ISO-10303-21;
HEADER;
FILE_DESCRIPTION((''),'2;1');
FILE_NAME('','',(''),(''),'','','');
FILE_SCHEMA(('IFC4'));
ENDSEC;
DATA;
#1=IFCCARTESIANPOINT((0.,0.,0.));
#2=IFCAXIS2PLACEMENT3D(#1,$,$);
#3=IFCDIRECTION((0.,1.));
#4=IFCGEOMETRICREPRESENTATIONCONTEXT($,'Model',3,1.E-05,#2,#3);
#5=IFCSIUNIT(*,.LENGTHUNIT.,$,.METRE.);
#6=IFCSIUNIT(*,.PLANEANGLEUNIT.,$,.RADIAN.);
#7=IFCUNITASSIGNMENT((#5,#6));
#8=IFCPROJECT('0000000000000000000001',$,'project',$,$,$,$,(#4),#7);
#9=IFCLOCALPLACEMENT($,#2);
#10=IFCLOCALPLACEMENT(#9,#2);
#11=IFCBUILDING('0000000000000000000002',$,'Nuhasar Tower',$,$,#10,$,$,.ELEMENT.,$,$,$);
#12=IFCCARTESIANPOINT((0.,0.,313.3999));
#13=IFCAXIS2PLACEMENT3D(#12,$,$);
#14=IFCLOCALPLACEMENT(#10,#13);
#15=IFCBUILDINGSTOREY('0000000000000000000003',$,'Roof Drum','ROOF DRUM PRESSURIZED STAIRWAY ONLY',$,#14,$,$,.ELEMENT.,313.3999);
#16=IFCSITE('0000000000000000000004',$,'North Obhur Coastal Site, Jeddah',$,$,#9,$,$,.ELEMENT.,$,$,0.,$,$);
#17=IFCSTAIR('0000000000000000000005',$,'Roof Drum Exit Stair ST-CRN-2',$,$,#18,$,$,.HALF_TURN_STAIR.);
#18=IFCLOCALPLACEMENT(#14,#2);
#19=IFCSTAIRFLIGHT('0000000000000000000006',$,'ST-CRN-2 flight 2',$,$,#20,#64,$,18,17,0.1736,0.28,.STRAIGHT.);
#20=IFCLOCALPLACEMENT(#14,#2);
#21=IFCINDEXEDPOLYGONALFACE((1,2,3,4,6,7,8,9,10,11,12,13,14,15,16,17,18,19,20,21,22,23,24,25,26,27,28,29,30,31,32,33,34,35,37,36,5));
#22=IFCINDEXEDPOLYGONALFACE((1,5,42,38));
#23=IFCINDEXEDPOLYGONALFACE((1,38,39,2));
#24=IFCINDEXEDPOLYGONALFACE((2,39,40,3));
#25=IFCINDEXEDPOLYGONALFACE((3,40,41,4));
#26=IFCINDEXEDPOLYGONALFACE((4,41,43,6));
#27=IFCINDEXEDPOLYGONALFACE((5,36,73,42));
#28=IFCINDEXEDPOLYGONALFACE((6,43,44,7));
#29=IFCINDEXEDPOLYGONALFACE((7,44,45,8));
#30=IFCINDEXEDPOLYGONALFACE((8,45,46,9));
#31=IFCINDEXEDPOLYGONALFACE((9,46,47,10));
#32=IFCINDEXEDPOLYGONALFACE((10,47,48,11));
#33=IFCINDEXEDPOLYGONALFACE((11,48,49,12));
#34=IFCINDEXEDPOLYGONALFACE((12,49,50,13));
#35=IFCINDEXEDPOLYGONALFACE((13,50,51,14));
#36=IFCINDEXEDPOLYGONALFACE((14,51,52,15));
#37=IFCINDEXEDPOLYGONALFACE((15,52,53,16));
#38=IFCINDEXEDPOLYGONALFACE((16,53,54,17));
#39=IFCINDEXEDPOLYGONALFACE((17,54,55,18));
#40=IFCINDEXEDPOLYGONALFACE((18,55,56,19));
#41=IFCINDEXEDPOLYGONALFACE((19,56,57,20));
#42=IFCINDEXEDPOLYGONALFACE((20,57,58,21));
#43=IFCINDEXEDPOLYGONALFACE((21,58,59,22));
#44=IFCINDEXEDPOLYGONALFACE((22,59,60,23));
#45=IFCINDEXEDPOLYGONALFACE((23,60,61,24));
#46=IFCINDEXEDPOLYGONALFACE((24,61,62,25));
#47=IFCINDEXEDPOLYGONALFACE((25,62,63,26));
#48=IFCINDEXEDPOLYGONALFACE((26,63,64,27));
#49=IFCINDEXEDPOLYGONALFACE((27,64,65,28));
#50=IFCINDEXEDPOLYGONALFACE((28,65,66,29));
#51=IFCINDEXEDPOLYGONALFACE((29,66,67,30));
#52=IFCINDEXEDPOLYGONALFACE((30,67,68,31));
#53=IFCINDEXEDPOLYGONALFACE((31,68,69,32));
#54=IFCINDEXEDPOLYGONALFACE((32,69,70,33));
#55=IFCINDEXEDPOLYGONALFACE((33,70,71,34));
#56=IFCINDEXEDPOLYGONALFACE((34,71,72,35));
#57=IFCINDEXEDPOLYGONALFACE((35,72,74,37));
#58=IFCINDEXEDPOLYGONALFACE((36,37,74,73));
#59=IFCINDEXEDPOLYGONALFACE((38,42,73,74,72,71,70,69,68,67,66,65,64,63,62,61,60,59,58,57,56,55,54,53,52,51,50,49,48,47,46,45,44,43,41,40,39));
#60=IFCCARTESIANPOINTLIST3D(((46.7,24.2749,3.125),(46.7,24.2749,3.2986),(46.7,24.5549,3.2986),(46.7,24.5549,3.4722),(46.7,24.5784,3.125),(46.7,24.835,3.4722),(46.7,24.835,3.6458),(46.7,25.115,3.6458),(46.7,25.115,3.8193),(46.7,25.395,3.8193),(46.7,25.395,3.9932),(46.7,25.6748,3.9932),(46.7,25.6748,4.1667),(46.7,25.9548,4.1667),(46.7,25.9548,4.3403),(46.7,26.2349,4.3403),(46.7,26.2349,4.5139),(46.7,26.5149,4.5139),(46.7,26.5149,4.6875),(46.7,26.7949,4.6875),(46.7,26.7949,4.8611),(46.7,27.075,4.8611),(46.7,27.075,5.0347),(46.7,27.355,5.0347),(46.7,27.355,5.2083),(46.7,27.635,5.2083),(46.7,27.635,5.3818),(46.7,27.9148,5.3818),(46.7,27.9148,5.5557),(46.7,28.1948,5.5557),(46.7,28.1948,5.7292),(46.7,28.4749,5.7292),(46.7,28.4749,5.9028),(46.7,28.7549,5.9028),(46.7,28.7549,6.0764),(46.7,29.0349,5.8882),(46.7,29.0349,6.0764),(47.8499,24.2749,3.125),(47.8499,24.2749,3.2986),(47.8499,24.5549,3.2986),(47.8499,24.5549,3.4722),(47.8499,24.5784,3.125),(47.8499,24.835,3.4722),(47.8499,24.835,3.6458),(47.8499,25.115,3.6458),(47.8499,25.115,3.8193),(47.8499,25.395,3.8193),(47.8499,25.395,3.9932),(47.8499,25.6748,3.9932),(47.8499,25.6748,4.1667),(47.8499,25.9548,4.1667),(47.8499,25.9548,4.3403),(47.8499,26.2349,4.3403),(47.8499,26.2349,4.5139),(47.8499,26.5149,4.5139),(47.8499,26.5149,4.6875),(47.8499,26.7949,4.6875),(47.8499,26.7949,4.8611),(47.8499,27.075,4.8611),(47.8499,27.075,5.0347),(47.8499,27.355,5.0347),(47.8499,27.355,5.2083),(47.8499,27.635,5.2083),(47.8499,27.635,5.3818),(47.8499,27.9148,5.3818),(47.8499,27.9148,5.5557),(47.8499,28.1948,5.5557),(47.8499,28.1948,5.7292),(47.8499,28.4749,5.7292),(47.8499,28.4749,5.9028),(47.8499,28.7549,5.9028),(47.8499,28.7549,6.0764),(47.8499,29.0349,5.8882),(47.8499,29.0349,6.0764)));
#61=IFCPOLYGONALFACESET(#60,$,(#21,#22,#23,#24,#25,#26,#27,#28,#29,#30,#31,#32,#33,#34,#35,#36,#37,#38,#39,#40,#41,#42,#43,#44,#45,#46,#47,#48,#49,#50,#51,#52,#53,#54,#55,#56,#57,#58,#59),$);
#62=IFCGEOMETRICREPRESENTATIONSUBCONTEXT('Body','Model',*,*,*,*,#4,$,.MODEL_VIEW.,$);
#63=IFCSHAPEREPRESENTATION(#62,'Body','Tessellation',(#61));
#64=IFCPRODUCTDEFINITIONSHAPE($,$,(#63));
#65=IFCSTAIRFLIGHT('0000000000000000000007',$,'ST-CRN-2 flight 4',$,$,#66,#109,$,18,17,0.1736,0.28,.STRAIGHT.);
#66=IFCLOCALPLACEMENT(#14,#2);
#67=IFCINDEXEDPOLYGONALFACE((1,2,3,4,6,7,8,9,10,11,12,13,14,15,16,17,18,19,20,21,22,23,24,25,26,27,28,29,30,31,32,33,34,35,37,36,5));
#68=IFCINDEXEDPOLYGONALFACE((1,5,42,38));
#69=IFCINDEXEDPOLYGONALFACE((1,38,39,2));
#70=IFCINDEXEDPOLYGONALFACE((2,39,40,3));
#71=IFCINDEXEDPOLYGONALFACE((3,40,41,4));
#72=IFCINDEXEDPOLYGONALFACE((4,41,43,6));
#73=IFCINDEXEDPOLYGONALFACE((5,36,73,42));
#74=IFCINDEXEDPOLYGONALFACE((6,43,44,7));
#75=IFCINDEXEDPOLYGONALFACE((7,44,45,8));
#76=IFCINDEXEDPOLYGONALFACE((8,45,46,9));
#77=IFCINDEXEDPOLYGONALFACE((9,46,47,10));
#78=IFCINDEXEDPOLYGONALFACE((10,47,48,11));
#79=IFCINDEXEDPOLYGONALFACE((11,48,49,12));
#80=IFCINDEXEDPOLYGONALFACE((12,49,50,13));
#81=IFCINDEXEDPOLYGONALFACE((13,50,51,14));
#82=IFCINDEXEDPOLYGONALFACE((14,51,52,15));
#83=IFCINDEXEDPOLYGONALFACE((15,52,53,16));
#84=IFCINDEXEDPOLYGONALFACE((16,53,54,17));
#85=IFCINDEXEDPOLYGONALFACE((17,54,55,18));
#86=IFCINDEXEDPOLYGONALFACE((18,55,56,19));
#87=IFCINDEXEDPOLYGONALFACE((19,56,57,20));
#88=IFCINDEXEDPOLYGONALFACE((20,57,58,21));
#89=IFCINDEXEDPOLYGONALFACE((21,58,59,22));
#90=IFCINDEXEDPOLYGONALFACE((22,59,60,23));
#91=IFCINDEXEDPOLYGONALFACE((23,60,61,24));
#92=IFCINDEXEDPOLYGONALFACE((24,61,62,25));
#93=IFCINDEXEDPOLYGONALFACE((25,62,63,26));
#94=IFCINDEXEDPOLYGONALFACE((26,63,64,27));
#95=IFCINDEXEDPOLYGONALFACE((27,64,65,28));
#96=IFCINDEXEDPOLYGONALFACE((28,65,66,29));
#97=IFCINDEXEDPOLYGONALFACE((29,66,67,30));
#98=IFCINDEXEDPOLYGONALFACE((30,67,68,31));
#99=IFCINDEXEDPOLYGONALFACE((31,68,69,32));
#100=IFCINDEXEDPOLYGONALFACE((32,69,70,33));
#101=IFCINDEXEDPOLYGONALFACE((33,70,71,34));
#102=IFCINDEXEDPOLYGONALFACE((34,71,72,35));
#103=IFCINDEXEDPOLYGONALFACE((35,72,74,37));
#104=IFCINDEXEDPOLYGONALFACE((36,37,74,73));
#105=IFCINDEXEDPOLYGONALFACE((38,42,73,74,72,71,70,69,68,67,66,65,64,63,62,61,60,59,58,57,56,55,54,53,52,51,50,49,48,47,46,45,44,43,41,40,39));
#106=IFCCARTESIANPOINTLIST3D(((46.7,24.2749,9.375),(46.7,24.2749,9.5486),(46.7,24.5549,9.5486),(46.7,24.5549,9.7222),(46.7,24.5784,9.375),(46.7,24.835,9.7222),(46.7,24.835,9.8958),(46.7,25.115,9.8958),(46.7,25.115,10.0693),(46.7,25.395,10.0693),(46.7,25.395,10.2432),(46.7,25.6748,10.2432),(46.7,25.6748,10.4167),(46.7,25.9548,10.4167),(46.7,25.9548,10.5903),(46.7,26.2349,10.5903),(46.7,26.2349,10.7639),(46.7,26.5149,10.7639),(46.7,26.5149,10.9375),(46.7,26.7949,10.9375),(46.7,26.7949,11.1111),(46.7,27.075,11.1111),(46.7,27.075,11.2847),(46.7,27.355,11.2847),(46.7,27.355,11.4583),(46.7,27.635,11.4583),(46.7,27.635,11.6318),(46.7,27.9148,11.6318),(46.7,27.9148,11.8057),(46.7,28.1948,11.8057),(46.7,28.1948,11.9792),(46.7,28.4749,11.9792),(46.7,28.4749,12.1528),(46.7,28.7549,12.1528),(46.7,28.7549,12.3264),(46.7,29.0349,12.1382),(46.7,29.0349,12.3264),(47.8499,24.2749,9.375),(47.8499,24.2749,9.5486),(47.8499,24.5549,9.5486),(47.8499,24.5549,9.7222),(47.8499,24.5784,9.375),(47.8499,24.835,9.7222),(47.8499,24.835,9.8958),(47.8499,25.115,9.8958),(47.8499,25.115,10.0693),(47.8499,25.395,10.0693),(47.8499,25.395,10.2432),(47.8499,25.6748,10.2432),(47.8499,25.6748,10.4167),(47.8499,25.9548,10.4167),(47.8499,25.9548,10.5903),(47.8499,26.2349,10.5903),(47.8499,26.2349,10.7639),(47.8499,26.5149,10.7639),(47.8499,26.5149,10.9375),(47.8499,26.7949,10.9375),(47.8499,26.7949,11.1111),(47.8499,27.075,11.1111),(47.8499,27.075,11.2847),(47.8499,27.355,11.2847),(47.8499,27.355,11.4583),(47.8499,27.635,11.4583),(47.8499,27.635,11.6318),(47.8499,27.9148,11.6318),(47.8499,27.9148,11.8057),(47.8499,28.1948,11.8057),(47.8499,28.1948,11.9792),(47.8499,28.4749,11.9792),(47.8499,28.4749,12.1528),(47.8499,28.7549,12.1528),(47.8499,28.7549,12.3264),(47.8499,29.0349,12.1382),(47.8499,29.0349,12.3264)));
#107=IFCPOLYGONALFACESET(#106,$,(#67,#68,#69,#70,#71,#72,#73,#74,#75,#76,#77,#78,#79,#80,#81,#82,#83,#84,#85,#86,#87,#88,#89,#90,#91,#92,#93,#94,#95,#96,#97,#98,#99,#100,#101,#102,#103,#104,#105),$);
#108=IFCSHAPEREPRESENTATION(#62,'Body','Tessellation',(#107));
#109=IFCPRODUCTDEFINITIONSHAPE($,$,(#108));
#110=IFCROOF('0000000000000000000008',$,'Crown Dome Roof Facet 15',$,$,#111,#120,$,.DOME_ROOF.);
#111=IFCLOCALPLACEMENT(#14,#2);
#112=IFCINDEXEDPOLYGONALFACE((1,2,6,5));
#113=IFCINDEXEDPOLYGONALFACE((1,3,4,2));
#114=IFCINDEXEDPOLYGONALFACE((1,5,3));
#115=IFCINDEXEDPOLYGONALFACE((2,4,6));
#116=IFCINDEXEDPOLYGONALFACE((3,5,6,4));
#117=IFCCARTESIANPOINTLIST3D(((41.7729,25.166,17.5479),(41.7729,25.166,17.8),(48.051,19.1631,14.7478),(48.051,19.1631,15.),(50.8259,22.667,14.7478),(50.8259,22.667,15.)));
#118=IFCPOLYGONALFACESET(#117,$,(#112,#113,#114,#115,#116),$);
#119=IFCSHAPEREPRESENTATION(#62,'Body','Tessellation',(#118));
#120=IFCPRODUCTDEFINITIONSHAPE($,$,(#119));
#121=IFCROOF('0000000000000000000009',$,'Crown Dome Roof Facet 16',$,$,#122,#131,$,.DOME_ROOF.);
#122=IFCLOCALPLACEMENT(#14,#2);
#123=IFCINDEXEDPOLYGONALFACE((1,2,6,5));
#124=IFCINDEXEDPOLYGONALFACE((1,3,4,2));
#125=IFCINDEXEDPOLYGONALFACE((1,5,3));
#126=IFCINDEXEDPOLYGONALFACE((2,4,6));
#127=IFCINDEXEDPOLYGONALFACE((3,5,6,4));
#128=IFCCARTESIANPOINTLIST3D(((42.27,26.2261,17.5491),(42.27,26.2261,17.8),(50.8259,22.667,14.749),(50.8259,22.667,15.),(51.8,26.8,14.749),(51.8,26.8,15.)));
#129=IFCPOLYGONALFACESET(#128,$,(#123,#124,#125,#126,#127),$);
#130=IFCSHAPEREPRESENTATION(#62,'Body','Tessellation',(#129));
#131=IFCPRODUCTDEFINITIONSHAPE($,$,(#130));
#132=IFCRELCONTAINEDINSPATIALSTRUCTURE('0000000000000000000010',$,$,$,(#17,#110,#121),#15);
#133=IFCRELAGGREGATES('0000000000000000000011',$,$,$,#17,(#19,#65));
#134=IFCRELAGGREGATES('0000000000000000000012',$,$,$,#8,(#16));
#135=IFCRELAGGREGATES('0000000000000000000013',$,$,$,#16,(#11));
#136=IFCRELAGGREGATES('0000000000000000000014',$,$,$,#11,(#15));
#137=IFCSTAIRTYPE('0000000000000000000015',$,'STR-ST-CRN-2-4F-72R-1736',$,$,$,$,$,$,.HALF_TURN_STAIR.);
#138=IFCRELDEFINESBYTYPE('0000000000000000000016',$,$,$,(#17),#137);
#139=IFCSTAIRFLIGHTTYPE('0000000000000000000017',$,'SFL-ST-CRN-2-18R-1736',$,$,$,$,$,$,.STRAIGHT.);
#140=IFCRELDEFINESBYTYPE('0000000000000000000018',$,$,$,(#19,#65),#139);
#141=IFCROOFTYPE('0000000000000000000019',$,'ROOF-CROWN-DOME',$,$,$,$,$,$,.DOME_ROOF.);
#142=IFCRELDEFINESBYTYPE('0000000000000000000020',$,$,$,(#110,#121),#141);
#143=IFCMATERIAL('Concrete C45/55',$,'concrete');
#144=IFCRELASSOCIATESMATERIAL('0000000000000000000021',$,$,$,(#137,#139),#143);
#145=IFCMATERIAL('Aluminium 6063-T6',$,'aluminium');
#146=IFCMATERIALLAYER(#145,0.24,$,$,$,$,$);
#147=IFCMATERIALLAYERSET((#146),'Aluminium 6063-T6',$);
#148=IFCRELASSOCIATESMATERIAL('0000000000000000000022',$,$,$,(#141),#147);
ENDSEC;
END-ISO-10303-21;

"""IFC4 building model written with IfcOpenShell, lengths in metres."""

from ifc_helpers import new_model, si_unit, direction, frame, origin, place, context, subcontext, project, spatial, polyline, outline, extrude, material, layer, layer_set, type_object, element, aggregate, save


model = new_model("IFC4")

# Units and contexts
model_context = context("Model", 3, precision=1e-05, world=origin(), true_north=direction((0.0, 1.0)))
body_context = subcontext(model_context, "Body", "Model", "MODEL_VIEW")
ifc_project = project(units=[si_unit("LENGTHUNIT", "METRE"), si_unit("PLANEANGLEUNIT", "RADIAN")], contexts=[model_context])

# Site, building, storey
site_placement = place(None, origin())
site = spatial("IfcSite", under=ifc_project, at=site_placement, Name="North Obhur Coastal Site, Jeddah", CompositionType="ELEMENT", RefElevation=0.0)
building_placement = place(site_placement, origin())
building = spatial("IfcBuilding", under=site, at=building_placement, Name="Nuhasar Tower", CompositionType="ELEMENT")
storey_placement = place(building_placement, frame((0.0, 0.0, 313.3999)))
storey = spatial("IfcBuildingStorey", under=building, at=storey_placement, Name="Roof Drum", Description="ROOF DRUM PRESSURIZED STAIRWAY ONLY", CompositionType="ELEMENT", Elevation=313.3999)

# Shared definitions
ifc_material_1 = material(Name="Aluminium 6063-T6", Category="aluminium")

# Shared definitions
ifc_material_2 = material(Name="Concrete C45/55", Category="concrete")

# Stair, stair flights
stair_type = type_object("IfcStairType", Name="STR-ST-CRN-2-4F-72R-1736", PredefinedType="HALF_TURN_STAIR", material=ifc_material_2)
stair_placement = place(storey_placement, origin())
stair = element("IfcStair", 1, at=stair_placement, inside=storey, type_object=stair_type, Name="Roof Drum Exit Stair ST-CRN-2", PredefinedType="HALF_TURN_STAIR")
stair_flight_type = type_object("IfcStairFlightType", Name="SFL-ST-CRN-2-18R-1736", PredefinedType="STRAIGHT", material=ifc_material_2)
stair_flight_1_placement = place(storey_placement, frame((47.2749, 24.2749, 3.125), z_axis=(0.0, 0.0, 1.0), x_axis=(0.0, 1.0, 0.0)))
stair_flight_1 = element("IfcStairFlight", 2, at=stair_flight_1_placement, type_object=stair_flight_type, Name="ST-CRN-2 flight 2", NumberOfRisers=18, NumberOfTreads=17, PredefinedType="STRAIGHT", RiserHeight=0.1736, TreadLength=0.28, context=body_context, shape_type="SweptSolid", body=[
    extrude(outline(polyline([(0.0, 0.0), (0.0, 0.1736), (0.28, 0.1736), (0.28, 0.3472), (0.5601, 0.3472), (0.5601, 0.5208), (0.8401, 0.5208), (0.8401, 0.6943), (1.1201, 0.6943), (1.1201, 0.8682), (1.3999, 0.8682), (1.3999, 1.0417), (1.6799, 1.0417), (1.6799, 1.2153), (1.96, 1.2153), (1.96, 1.3889), (2.24, 1.3889), (2.24, 1.5625), (2.52, 1.5625), (2.52, 1.7361), (2.8, 1.7361), (2.8, 1.9097), (3.0801, 1.9097), (3.0801, 2.0833), (3.3601, 2.0833), (3.3601, 2.2568), (3.6399, 2.2568), (3.6399, 2.4307), (3.9199, 2.4307), (3.9199, 2.6042), (4.2, 2.6042), (4.2, 2.7778), (4.48, 2.7778), (4.48, 2.9514), (4.76, 2.9514), (4.76, 3.125), (4.76, 2.7632), (0.3035, 0.0), (0.0, 0.0)])), frame((0.0, 0.575, 0.0), z_axis=(0.0, -1.0, 0.0), x_axis=(1.0, 0.0, 0.0)), (0.0, 0.0, 1.0), 1.1499),
])
stair_flight_2_placement = place(storey_placement, frame((47.2749, 24.2749, 9.375), z_axis=(0.0, 0.0, 1.0), x_axis=(0.0, 1.0, 0.0)))
stair_flight_2 = element("IfcStairFlight", 3, at=stair_flight_2_placement, type_object=stair_flight_type, Name="ST-CRN-2 flight 4", NumberOfRisers=18, NumberOfTreads=17, PredefinedType="STRAIGHT", RiserHeight=0.1736, TreadLength=0.28, context=body_context, shape_type="SweptSolid", body=[
    extrude(outline(polyline([(0.0, 0.0), (0.0, 0.1736), (0.28, 0.1736), (0.28, 0.3472), (0.5601, 0.3472), (0.5601, 0.5208), (0.8401, 0.5208), (0.8401, 0.6943), (1.1201, 0.6943), (1.1201, 0.8682), (1.3999, 0.8682), (1.3999, 1.0417), (1.6799, 1.0417), (1.6799, 1.2153), (1.96, 1.2153), (1.96, 1.3889), (2.24, 1.3889), (2.24, 1.5625), (2.52, 1.5625), (2.52, 1.7361), (2.8, 1.7361), (2.8, 1.9097), (3.0801, 1.9097), (3.0801, 2.0833), (3.3601, 2.0833), (3.3601, 2.2568), (3.6399, 2.2568), (3.6399, 2.4307), (3.9199, 2.4307), (3.9199, 2.6042), (4.2, 2.6042), (4.2, 2.7778), (4.48, 2.7778), (4.48, 2.9514), (4.76, 2.9514), (4.76, 3.125), (4.76, 2.7632), (0.3035, 0.0), (0.0, 0.0)])), frame((0.0, 0.575, 0.0), z_axis=(0.0, -1.0, 0.0), x_axis=(1.0, 0.0, 0.0)), (0.0, 0.0, 1.0), 1.1499),
])
aggregate(stair, [stair_flight_1, stair_flight_2])

# Roofs
ifc_layer_1 = layer(ifc_material_1, 0.24)
ifc_layer_set_1 = layer_set([ifc_layer_1], Name="Aluminium 6063-T6")
roof_type = type_object("IfcRoofType", Name="ROOF-CROWN-DOME", PredefinedType="DOME_ROOF", material=ifc_layer_set_1)
roof_1_placement = place(storey_placement, frame((48.051, 19.1631, 15.0), z_axis=(0.24147, -0.191231, 0.95138), x_axis=(0.620837, 0.783939, 0.0)))
element("IfcRoof", 4, at=roof_1_placement, inside=storey, type_object=roof_type, Name="Crown Dome Roof Facet 15", PredefinedType="DOME_ROOF", context=body_context, shape_type="SweptSolid", body=[
    extrude(outline(polyline([(0.0, 0.0), (4.4696, 0.0), (0.8083, 9.0905), (0.0, 0.0)])), origin(), (0.0, -0.308021, -0.95138), 0.2522),
])
roof_2_placement = place(storey_placement, frame((50.8259, 22.667, 15.0), z_axis=(0.284983, -0.067168, 0.956176), x_axis=(0.229405, 0.973331, 0.0)))
element("IfcRoof", 5, at=roof_2_placement, inside=storey, type_object=roof_type, Name="Crown Dome Roof Facet 16", PredefinedType="DOME_ROOF", context=body_context, shape_type="SweptSolid", body=[
    extrude(outline(polyline([(0.0, 0.0), (4.2463, 0.0), (1.5014, 9.5633), (0.0, 0.0)])), origin(), (0.0, -0.292791, -0.956176), 0.251),
])

save(model, "model.ifc")
